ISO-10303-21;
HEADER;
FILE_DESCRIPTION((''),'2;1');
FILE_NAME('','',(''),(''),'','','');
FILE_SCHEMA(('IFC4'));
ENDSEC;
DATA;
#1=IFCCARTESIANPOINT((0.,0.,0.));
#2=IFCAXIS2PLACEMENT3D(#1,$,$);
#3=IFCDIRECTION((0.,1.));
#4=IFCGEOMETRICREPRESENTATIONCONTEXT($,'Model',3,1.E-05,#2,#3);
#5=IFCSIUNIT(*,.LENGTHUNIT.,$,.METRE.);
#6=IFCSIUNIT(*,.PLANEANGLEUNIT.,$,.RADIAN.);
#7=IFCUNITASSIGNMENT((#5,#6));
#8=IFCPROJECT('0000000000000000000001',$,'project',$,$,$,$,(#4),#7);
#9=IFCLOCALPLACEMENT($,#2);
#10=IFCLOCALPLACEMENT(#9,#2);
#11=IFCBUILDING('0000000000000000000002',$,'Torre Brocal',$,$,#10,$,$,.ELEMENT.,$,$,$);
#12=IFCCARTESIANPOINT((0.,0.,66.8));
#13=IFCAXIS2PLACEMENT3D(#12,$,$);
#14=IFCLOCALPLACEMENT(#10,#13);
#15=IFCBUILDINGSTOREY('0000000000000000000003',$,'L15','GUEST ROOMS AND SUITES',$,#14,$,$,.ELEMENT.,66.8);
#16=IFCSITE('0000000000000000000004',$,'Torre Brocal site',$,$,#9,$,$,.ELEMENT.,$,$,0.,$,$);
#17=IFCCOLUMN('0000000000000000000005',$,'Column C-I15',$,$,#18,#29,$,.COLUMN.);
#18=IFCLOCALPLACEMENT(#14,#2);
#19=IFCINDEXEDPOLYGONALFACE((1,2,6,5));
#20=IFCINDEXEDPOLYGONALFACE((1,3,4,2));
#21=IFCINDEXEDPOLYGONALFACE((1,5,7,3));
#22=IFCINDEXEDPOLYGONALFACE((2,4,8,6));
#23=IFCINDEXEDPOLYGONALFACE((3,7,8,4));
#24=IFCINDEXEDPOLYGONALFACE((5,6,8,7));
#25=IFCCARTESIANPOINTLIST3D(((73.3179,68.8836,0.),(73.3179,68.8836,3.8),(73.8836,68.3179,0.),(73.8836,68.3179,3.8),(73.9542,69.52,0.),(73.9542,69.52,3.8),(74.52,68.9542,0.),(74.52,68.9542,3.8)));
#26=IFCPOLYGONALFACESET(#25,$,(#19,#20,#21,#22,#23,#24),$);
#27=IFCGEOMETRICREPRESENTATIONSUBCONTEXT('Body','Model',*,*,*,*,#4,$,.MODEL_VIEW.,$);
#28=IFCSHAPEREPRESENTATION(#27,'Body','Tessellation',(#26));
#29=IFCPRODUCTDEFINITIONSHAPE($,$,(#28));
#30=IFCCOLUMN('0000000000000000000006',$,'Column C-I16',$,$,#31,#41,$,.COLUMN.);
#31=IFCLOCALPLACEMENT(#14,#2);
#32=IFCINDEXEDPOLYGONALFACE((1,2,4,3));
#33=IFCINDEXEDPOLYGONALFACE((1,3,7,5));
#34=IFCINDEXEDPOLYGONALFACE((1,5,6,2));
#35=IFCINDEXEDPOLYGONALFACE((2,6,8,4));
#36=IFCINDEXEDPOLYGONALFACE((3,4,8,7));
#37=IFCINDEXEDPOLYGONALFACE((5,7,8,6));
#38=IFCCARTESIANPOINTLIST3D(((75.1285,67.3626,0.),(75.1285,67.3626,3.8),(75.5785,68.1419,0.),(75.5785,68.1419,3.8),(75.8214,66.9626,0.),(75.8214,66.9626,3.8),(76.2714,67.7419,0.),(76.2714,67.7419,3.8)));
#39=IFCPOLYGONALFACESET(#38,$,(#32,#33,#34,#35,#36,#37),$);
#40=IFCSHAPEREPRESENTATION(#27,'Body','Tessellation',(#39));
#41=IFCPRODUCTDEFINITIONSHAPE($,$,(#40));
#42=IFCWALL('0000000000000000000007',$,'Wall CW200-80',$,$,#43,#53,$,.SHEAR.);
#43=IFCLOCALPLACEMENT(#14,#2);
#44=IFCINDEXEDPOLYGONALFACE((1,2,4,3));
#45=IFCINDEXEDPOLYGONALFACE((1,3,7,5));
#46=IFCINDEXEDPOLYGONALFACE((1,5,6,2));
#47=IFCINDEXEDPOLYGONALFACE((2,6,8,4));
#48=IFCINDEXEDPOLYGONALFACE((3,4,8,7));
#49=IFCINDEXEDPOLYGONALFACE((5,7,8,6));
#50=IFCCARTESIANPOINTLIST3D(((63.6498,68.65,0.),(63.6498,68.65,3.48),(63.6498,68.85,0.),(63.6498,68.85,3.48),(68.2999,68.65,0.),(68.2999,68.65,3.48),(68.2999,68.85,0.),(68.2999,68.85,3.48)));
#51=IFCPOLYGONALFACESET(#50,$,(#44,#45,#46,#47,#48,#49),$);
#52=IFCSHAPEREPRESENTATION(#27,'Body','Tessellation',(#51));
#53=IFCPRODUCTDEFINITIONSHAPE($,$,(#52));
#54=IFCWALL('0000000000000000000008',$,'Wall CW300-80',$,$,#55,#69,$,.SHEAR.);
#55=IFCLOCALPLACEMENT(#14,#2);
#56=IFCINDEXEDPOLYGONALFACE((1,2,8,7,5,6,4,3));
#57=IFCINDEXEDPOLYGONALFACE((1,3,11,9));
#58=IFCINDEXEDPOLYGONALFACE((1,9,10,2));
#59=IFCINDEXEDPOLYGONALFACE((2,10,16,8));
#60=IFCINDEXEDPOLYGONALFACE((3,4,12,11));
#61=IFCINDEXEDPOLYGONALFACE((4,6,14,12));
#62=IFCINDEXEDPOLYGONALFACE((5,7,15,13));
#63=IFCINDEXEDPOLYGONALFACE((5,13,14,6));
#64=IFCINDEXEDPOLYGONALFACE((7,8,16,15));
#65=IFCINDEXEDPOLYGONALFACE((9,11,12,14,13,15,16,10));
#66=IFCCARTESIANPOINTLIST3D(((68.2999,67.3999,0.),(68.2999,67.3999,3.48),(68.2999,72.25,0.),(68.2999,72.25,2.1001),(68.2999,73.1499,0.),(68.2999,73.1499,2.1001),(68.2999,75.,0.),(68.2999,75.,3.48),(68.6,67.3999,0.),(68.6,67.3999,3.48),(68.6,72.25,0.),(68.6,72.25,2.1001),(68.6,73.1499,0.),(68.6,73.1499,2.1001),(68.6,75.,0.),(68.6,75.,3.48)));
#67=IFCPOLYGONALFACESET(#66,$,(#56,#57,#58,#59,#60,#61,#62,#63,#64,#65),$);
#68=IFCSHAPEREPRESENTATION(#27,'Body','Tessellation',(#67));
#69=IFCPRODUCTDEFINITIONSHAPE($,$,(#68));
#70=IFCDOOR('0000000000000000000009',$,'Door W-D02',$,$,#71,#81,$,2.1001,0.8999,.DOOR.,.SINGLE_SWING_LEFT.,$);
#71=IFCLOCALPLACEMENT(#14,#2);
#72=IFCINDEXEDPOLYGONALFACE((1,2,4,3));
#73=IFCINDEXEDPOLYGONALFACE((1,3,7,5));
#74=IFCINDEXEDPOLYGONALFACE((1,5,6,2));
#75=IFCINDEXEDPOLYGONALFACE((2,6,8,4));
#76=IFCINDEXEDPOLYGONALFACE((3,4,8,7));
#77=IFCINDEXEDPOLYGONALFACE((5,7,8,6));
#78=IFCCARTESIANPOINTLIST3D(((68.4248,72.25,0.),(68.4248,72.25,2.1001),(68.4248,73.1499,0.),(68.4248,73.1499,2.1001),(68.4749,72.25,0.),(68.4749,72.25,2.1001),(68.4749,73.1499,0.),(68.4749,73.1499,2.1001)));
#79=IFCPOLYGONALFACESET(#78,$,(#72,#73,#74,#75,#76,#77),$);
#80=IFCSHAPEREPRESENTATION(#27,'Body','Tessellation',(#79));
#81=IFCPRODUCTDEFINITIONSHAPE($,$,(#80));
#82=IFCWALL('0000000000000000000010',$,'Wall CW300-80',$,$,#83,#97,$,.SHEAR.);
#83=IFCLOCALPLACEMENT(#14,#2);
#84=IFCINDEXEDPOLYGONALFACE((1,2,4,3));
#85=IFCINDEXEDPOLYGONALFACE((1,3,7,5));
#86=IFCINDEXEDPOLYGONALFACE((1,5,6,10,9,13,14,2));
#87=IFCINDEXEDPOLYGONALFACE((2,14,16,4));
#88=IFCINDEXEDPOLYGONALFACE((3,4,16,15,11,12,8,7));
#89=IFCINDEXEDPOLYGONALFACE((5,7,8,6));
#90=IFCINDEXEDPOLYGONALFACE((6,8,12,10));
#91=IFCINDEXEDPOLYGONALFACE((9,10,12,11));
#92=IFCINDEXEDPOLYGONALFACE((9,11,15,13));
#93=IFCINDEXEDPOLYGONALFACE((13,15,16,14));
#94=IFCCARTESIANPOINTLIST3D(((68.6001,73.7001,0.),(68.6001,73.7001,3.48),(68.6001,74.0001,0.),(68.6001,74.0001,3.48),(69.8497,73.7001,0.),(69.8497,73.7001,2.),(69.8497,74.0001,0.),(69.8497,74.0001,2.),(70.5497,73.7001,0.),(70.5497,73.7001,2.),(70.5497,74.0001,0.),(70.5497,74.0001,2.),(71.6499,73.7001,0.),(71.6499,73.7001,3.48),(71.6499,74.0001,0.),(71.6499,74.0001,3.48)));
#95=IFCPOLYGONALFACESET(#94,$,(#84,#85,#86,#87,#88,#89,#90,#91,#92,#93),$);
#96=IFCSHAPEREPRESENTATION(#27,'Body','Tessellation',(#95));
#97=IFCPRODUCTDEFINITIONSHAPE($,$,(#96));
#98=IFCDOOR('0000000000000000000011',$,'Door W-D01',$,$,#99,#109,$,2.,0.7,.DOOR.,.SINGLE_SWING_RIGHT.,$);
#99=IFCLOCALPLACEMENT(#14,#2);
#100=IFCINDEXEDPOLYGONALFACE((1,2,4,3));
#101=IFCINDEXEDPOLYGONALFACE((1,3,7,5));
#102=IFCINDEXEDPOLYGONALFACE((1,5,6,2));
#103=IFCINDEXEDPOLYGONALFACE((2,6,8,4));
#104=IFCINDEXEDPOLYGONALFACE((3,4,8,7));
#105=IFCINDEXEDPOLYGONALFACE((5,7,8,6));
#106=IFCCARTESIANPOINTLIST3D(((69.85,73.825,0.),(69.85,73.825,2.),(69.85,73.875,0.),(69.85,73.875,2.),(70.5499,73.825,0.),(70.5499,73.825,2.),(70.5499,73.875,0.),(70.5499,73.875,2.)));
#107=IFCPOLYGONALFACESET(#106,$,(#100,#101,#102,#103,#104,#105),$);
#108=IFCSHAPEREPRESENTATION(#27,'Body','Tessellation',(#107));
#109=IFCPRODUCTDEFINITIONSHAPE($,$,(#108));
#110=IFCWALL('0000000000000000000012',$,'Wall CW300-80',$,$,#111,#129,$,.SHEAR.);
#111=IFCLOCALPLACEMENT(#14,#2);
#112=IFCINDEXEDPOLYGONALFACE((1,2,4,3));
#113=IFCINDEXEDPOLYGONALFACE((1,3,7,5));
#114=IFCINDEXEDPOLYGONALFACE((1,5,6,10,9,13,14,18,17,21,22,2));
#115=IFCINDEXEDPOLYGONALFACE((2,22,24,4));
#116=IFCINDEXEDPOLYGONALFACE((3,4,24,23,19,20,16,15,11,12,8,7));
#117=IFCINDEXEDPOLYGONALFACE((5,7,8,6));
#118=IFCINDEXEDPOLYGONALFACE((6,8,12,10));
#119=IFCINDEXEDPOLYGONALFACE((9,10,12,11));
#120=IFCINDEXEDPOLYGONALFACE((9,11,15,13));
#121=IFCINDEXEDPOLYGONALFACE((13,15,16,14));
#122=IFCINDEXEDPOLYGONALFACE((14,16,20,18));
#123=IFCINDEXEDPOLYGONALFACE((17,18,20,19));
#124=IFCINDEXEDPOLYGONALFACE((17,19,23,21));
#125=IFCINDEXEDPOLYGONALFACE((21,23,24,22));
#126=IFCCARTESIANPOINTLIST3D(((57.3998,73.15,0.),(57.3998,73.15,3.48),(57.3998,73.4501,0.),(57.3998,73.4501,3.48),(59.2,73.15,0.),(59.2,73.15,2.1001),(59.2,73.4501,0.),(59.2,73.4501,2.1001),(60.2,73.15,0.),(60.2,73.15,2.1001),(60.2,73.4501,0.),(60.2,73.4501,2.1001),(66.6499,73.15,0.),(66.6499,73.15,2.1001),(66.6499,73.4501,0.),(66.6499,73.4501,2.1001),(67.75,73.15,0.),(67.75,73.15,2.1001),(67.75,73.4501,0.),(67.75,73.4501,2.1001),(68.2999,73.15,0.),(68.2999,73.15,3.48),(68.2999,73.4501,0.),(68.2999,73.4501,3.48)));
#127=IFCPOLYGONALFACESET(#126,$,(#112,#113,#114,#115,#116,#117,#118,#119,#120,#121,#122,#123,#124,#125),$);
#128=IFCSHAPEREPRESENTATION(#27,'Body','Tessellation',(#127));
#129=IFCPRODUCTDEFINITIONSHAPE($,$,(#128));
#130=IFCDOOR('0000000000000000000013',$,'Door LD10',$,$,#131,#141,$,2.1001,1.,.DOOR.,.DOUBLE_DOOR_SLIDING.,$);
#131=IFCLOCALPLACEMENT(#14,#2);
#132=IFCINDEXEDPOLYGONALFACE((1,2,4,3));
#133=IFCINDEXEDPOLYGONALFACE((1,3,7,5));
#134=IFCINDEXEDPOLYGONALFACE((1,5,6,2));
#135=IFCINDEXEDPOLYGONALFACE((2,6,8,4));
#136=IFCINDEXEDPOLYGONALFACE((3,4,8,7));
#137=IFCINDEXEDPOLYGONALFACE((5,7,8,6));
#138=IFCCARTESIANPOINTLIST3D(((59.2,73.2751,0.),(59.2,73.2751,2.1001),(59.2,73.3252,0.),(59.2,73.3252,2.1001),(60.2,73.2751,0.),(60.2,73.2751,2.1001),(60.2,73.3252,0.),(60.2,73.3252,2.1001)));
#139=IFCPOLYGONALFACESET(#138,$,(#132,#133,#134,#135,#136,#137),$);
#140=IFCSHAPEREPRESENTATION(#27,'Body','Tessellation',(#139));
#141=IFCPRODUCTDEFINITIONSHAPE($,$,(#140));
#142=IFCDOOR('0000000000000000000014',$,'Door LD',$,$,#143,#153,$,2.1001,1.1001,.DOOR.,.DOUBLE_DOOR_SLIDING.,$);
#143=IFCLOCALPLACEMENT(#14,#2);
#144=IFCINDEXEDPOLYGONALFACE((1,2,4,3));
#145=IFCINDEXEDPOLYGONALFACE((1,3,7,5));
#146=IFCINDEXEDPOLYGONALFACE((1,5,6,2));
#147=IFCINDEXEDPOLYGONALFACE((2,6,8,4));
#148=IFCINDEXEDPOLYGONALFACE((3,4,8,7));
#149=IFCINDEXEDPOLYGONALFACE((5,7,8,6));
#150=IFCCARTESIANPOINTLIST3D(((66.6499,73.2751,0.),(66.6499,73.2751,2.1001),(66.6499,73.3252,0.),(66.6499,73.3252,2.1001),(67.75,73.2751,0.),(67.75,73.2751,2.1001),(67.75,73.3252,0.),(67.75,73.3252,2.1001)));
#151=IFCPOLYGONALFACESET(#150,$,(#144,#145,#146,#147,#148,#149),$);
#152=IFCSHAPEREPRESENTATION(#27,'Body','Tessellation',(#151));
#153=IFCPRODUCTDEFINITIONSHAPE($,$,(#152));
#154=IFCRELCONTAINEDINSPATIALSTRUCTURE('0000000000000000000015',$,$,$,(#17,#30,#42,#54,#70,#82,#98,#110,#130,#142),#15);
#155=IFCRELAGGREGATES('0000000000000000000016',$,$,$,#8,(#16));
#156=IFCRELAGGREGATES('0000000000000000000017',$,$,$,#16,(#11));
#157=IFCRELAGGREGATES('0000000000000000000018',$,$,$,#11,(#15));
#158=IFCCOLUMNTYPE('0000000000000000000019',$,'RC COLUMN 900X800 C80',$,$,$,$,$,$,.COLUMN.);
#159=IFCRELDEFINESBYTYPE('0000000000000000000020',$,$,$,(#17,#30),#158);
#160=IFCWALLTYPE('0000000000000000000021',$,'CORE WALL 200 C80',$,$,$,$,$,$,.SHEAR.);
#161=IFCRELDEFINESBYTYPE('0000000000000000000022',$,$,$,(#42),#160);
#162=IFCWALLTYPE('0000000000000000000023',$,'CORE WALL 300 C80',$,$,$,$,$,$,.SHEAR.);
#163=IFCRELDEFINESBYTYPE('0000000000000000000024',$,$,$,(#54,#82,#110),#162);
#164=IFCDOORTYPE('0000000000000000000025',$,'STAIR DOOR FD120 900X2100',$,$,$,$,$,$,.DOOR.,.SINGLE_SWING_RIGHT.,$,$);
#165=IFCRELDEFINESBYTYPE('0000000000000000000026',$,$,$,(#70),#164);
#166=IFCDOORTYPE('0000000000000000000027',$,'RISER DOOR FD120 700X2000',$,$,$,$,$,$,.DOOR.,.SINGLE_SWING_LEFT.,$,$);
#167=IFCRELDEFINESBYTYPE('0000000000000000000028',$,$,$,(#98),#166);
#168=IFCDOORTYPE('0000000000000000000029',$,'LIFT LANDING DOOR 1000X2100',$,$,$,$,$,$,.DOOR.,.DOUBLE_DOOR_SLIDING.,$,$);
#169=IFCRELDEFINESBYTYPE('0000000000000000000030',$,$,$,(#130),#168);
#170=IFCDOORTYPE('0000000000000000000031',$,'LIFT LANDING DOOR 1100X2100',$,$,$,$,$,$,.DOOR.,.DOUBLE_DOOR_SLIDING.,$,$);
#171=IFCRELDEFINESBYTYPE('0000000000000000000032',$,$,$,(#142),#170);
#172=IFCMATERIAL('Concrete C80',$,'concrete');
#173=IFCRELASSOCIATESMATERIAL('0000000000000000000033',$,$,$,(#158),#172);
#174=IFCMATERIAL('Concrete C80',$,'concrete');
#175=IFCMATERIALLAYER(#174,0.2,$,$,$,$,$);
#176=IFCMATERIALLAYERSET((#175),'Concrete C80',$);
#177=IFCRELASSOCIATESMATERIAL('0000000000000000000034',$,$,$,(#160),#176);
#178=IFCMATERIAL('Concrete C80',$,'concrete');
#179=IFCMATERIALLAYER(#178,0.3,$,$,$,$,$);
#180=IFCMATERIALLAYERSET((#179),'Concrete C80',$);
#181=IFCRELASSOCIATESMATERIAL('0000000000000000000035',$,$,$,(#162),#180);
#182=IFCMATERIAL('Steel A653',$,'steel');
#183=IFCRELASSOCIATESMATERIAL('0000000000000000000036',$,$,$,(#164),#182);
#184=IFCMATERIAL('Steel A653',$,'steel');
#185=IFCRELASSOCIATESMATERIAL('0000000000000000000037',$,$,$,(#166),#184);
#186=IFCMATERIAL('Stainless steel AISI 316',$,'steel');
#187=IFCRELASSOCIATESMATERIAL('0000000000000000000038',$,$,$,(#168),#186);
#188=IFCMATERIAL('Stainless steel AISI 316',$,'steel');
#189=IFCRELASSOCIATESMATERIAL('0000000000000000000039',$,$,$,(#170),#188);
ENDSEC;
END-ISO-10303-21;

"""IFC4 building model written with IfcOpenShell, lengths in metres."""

from ifc_helpers import new_model, si_unit, direction, frame, frame_2d, origin, origin_2d, place, context, subcontext, project, spatial, rectangle, extrude, material, layer, layer_set, material_profile, profile_set, type_object, element, fill, save


model = new_model("IFC4")

# Units and contexts
model_context = context("Model", 3, precision=1e-05, world=origin(), true_north=direction((0.0, 1.0)))
body_context = subcontext(model_context, "Body", "Model", "MODEL_VIEW")
ifc_project = project(units=[si_unit("LENGTHUNIT", "METRE"), si_unit("PLANEANGLEUNIT", "RADIAN")], contexts=[model_context])

# Site, building, storey
site_placement = place(None, origin())
site = spatial("IfcSite", under=ifc_project, at=site_placement, Name="Torre Brocal site", CompositionType="ELEMENT", RefElevation=0.0)
building_placement = place(site_placement, origin())
building = spatial("IfcBuilding", under=site, at=building_placement, Name="Torre Brocal", CompositionType="ELEMENT")
storey_placement = place(building_placement, frame((0.0, 0.0, 66.8)))
storey = spatial("IfcBuildingStorey", under=building, at=storey_placement, Name="L15", Description="GUEST ROOMS AND SUITES", CompositionType="ELEMENT", Elevation=66.8)

# Columns
ifc_material_1 = material(Name="Concrete C80", Category="concrete")
ifc_material_profile = material_profile(ifc_material_1, rectangle(XDim=0.8999, YDim=0.8, at=origin_2d()), Name="RC 900X800")
ifc_profile_set = profile_set([ifc_material_profile], Name="Concrete C80")
column_type = type_object("IfcColumnType", Name="RC COLUMN 900X800 C80", PredefinedType="COLUMN", material=ifc_profile_set)
for number, where, z_axis, x_axis, name in (
    (1, (73.9189, 68.9189, 0.0), (0.0, 0.0, 1.0), (-0.707107, -0.707107, 0.0), "Column C-I15"),
    (2, (75.7, 67.5522, 0.0), (0.0, 0.0, 1.0), (-0.5, -0.866025, 0.0), "Column C-I16"),
):
    element("IfcColumn", number, at=place(storey_placement, frame(where, z_axis=z_axis, x_axis=x_axis)), inside=storey, type_object=column_type, Name=name, PredefinedType="COLUMN", context=body_context, shape_type="SweptSolid", body=[
        extrude(rectangle(XDim=0.8999, YDim=0.8, at=origin_2d()), origin(), (0.0, 0.0, 1.0), 3.8),
    ])

# Wall
ifc_material_2 = material(Name="Concrete C80", Category="concrete")
ifc_layer_1 = layer(ifc_material_2, 0.2)
ifc_layer_set_1 = layer_set([ifc_layer_1], Name="Concrete C80")
wall_type_1 = type_object("IfcWallType", Name="CORE WALL 200 C80", PredefinedType="SHEAR", material=ifc_layer_set_1)
wall_1_placement = place(storey_placement, frame((68.3, 68.75, 0.0), z_axis=(0.0, 0.0, 1.0), x_axis=(-1.0, 0.0, 0.0)))
element("IfcWall", 3, at=wall_1_placement, inside=storey, type_object=wall_type_1, Name="Wall CW200-80", PredefinedType="SHEAR", context=body_context, shape_type="SweptSolid", body=[
    extrude(rectangle(XDim=4.6501, YDim=0.2, at=frame_2d((2.3252, 0.0))), origin(), (0.0, 0.0, 1.0), 3.48),
])

# Walls, openings, doors
ifc_material_3 = material(Name="Concrete C80", Category="concrete")
ifc_layer_2 = layer(ifc_material_3, 0.3)
ifc_layer_set_2 = layer_set([ifc_layer_2], Name="Concrete C80")
wall_type_2 = type_object("IfcWallType", Name="CORE WALL 300 C80", PredefinedType="SHEAR", material=ifc_layer_set_2)
wall_2_placement = place(storey_placement, frame((68.45, 75.0, 0.0), z_axis=(0.0, 0.0, 1.0), x_axis=(0.0, -1.0, 0.0)))
wall_2 = element("IfcWall", 4, at=wall_2_placement, inside=storey, type_object=wall_type_2, Name="Wall CW300-80", PredefinedType="SHEAR", context=body_context, shape_type="SweptSolid", body=[
    extrude(rectangle(XDim=7.6001, YDim=0.3, at=frame_2d((3.8, 0.0))), origin(), (0.0, 0.0, 1.0), 3.48),
])
opening_1_placement = place(wall_2_placement, frame((1.8501, 0.0, 0.0)))
opening_1 = element("IfcOpeningElement", 5, at=opening_1_placement, cuts=wall_2, PredefinedType="OPENING", context=body_context, shape_type="SweptSolid", body=[
    extrude(rectangle(XDim=0.8999, YDim=2.1001, at=frame_2d((0.45, 1.05))), frame((0.0, 0.1599, 0.0), z_axis=(0.0, -1.0, 0.0), x_axis=(1.0, 0.0, 0.0)), (0.0, 0.0, 1.0), 0.3201),
])
ifc_material_4 = material(Name="Steel A653", Category="steel")
door_type_1 = type_object("IfcDoorType", Name="STAIR DOOR FD120 900X2100", OperationType="SINGLE_SWING_RIGHT", PredefinedType="DOOR", material=ifc_material_4)
door_1_placement = place(opening_1_placement, origin())
door_1 = element("IfcDoor", 6, at=door_1_placement, inside=storey, type_object=door_type_1, Name="Door W-D02", OperationType="SINGLE_SWING_LEFT", OverallHeight=2.1001, OverallWidth=0.8999, PredefinedType="DOOR", context=body_context, shape_type="SweptSolid", body=[
    extrude(rectangle(XDim=0.8999, YDim=2.1001, at=frame_2d((0.45, 1.05))), frame((0.0, 0.0249, 0.0), z_axis=(0.0, -1.0, 0.0), x_axis=(1.0, 0.0, 0.0)), (0.0, 0.0, 1.0), 0.05),
])
fill(opening_1, door_1)
wall_3_placement = place(storey_placement, frame((71.6499, 73.8501, 0.0), z_axis=(0.0, 0.0, 1.0), x_axis=(-1.0, 0.0, 0.0)))
wall_3 = element("IfcWall", 7, at=wall_3_placement, inside=storey, type_object=wall_type_2, Name="Wall CW300-80", PredefinedType="SHEAR", context=body_context, shape_type="SweptSolid", body=[
    extrude(rectangle(XDim=3.0498, YDim=0.3, at=frame_2d((1.5249, 0.0))), origin(), (0.0, 0.0, 1.0), 3.48),
])
opening_2_placement = place(wall_3_placement, frame((1.1001, 0.0, 0.0)))
opening_2 = element("IfcOpeningElement", 8, at=opening_2_placement, cuts=wall_3, PredefinedType="OPENING", context=body_context, shape_type="SweptSolid", body=[
    extrude(rectangle(XDim=0.7, YDim=2.0, at=frame_2d((0.3501, 1.0))), frame((0.0, 0.1599, 0.0), z_axis=(0.0, -1.0, 0.0), x_axis=(1.0, 0.0, 0.0)), (0.0, 0.0, 1.0), 0.3201),
])
ifc_material_5 = material(Name="Steel A653", Category="steel")
door_type_2 = type_object("IfcDoorType", Name="RISER DOOR FD120 700X2000", OperationType="SINGLE_SWING_LEFT", PredefinedType="DOOR", material=ifc_material_5)
door_2_placement = place(opening_2_placement, frame((0.7, 0.0, 0.0), z_axis=(0.0, 0.0, 1.0), x_axis=(-1.0, 0.0, 0.0)))
door_2 = element("IfcDoor", 9, at=door_2_placement, inside=storey, type_object=door_type_2, Name="Door W-D01", OperationType="SINGLE_SWING_RIGHT", OverallHeight=2.0, OverallWidth=0.7, PredefinedType="DOOR", context=body_context, shape_type="SweptSolid", body=[
    extrude(rectangle(XDim=0.7, YDim=2.0, at=frame_2d((0.3501, 1.0))), frame((0.0, 0.0249, 0.0), z_axis=(0.0, -1.0, 0.0), x_axis=(1.0, 0.0, 0.0)), (0.0, 0.0, 1.0), 0.05),
])
fill(opening_2, door_2)

# Wall, openings, doors
wall_4_placement = place(storey_placement, frame((68.3, 73.3, 0.0), z_axis=(0.0, 0.0, 1.0), x_axis=(-1.0, 0.0, 0.0)))
wall_4 = element("IfcWall", 10, at=wall_4_placement, inside=storey, type_object=wall_type_2, Name="Wall CW300-80", PredefinedType="SHEAR", context=body_context, shape_type="SweptSolid", body=[
    extrude(rectangle(XDim=10.9001, YDim=0.3, at=frame_2d((5.4502, 0.0))), origin(), (0.0, 0.0, 1.0), 3.48),
])
opening_3_placement = place(wall_4_placement, frame((0.55, 0.0, 0.0)))
opening_3 = element("IfcOpeningElement", 11, at=opening_3_placement, cuts=wall_4, PredefinedType="OPENING", context=body_context, shape_type="SweptSolid", body=[
    extrude(rectangle(XDim=1.1001, YDim=2.1001, at=frame_2d((0.55, 1.05))), frame((0.0, 0.1599, 0.0), z_axis=(0.0, -1.0, 0.0), x_axis=(1.0, 0.0, 0.0)), (0.0, 0.0, 1.0), 0.3201),
])
opening_4_placement = place(wall_4_placement, frame((8.1001, 0.0, 0.0)))
opening_4 = element("IfcOpeningElement", 12, at=opening_4_placement, cuts=wall_4, PredefinedType="OPENING", context=body_context, shape_type="SweptSolid", body=[
    extrude(rectangle(XDim=1.0, YDim=2.1001, at=frame_2d((0.5, 1.05))), frame((0.0, 0.1599, 0.0), z_axis=(0.0, -1.0, 0.0), x_axis=(1.0, 0.0, 0.0)), (0.0, 0.0, 1.0), 0.3201),
])
ifc_material_6 = material(Name="Stainless steel AISI 316", Category="steel")
door_type_3 = type_object("IfcDoorType", Name="LIFT LANDING DOOR 1000X2100", OperationType="DOUBLE_DOOR_SLIDING", PredefinedType="DOOR", material=ifc_material_6)
door_3_placement = place(opening_4_placement, origin())
door_3 = element("IfcDoor", 13, at=door_3_placement, inside=storey, type_object=door_type_3, Name="Door LD10", OperationType="DOUBLE_DOOR_SLIDING", OverallHeight=2.1001, OverallWidth=1.0, PredefinedType="DOOR", context=body_context, shape_type="SweptSolid", body=[
    extrude(rectangle(XDim=1.0, YDim=2.1001, at=frame_2d((0.5, 1.05))), frame((0.0, 0.0249, 0.0), z_axis=(0.0, -1.0, 0.0), x_axis=(1.0, 0.0, 0.0)), (0.0, 0.0, 1.0), 0.05),
])
fill(opening_4, door_3)
ifc_material_7 = material(Name="Stainless steel AISI 316", Category="steel")
door_type_4 = type_object("IfcDoorType", Name="LIFT LANDING DOOR 1100X2100", OperationType="DOUBLE_DOOR_SLIDING", PredefinedType="DOOR", material=ifc_material_7)
door_4_placement = place(opening_3_placement, origin())
door_4 = element("IfcDoor", 14, at=door_4_placement, inside=storey, type_object=door_type_4, Name="Door LD", OperationType="DOUBLE_DOOR_SLIDING", OverallHeight=2.1001, OverallWidth=1.1001, PredefinedType="DOOR", context=body_context, shape_type="SweptSolid", body=[
    extrude(rectangle(XDim=1.1001, YDim=2.1001, at=frame_2d((0.55, 1.05))), frame((0.0, 0.0249, 0.0), z_axis=(0.0, -1.0, 0.0), x_axis=(1.0, 0.0, 0.0)), (0.0, 0.0, 1.0), 0.05),
])
fill(opening_3, door_4)

save(model, "model.ifc")
